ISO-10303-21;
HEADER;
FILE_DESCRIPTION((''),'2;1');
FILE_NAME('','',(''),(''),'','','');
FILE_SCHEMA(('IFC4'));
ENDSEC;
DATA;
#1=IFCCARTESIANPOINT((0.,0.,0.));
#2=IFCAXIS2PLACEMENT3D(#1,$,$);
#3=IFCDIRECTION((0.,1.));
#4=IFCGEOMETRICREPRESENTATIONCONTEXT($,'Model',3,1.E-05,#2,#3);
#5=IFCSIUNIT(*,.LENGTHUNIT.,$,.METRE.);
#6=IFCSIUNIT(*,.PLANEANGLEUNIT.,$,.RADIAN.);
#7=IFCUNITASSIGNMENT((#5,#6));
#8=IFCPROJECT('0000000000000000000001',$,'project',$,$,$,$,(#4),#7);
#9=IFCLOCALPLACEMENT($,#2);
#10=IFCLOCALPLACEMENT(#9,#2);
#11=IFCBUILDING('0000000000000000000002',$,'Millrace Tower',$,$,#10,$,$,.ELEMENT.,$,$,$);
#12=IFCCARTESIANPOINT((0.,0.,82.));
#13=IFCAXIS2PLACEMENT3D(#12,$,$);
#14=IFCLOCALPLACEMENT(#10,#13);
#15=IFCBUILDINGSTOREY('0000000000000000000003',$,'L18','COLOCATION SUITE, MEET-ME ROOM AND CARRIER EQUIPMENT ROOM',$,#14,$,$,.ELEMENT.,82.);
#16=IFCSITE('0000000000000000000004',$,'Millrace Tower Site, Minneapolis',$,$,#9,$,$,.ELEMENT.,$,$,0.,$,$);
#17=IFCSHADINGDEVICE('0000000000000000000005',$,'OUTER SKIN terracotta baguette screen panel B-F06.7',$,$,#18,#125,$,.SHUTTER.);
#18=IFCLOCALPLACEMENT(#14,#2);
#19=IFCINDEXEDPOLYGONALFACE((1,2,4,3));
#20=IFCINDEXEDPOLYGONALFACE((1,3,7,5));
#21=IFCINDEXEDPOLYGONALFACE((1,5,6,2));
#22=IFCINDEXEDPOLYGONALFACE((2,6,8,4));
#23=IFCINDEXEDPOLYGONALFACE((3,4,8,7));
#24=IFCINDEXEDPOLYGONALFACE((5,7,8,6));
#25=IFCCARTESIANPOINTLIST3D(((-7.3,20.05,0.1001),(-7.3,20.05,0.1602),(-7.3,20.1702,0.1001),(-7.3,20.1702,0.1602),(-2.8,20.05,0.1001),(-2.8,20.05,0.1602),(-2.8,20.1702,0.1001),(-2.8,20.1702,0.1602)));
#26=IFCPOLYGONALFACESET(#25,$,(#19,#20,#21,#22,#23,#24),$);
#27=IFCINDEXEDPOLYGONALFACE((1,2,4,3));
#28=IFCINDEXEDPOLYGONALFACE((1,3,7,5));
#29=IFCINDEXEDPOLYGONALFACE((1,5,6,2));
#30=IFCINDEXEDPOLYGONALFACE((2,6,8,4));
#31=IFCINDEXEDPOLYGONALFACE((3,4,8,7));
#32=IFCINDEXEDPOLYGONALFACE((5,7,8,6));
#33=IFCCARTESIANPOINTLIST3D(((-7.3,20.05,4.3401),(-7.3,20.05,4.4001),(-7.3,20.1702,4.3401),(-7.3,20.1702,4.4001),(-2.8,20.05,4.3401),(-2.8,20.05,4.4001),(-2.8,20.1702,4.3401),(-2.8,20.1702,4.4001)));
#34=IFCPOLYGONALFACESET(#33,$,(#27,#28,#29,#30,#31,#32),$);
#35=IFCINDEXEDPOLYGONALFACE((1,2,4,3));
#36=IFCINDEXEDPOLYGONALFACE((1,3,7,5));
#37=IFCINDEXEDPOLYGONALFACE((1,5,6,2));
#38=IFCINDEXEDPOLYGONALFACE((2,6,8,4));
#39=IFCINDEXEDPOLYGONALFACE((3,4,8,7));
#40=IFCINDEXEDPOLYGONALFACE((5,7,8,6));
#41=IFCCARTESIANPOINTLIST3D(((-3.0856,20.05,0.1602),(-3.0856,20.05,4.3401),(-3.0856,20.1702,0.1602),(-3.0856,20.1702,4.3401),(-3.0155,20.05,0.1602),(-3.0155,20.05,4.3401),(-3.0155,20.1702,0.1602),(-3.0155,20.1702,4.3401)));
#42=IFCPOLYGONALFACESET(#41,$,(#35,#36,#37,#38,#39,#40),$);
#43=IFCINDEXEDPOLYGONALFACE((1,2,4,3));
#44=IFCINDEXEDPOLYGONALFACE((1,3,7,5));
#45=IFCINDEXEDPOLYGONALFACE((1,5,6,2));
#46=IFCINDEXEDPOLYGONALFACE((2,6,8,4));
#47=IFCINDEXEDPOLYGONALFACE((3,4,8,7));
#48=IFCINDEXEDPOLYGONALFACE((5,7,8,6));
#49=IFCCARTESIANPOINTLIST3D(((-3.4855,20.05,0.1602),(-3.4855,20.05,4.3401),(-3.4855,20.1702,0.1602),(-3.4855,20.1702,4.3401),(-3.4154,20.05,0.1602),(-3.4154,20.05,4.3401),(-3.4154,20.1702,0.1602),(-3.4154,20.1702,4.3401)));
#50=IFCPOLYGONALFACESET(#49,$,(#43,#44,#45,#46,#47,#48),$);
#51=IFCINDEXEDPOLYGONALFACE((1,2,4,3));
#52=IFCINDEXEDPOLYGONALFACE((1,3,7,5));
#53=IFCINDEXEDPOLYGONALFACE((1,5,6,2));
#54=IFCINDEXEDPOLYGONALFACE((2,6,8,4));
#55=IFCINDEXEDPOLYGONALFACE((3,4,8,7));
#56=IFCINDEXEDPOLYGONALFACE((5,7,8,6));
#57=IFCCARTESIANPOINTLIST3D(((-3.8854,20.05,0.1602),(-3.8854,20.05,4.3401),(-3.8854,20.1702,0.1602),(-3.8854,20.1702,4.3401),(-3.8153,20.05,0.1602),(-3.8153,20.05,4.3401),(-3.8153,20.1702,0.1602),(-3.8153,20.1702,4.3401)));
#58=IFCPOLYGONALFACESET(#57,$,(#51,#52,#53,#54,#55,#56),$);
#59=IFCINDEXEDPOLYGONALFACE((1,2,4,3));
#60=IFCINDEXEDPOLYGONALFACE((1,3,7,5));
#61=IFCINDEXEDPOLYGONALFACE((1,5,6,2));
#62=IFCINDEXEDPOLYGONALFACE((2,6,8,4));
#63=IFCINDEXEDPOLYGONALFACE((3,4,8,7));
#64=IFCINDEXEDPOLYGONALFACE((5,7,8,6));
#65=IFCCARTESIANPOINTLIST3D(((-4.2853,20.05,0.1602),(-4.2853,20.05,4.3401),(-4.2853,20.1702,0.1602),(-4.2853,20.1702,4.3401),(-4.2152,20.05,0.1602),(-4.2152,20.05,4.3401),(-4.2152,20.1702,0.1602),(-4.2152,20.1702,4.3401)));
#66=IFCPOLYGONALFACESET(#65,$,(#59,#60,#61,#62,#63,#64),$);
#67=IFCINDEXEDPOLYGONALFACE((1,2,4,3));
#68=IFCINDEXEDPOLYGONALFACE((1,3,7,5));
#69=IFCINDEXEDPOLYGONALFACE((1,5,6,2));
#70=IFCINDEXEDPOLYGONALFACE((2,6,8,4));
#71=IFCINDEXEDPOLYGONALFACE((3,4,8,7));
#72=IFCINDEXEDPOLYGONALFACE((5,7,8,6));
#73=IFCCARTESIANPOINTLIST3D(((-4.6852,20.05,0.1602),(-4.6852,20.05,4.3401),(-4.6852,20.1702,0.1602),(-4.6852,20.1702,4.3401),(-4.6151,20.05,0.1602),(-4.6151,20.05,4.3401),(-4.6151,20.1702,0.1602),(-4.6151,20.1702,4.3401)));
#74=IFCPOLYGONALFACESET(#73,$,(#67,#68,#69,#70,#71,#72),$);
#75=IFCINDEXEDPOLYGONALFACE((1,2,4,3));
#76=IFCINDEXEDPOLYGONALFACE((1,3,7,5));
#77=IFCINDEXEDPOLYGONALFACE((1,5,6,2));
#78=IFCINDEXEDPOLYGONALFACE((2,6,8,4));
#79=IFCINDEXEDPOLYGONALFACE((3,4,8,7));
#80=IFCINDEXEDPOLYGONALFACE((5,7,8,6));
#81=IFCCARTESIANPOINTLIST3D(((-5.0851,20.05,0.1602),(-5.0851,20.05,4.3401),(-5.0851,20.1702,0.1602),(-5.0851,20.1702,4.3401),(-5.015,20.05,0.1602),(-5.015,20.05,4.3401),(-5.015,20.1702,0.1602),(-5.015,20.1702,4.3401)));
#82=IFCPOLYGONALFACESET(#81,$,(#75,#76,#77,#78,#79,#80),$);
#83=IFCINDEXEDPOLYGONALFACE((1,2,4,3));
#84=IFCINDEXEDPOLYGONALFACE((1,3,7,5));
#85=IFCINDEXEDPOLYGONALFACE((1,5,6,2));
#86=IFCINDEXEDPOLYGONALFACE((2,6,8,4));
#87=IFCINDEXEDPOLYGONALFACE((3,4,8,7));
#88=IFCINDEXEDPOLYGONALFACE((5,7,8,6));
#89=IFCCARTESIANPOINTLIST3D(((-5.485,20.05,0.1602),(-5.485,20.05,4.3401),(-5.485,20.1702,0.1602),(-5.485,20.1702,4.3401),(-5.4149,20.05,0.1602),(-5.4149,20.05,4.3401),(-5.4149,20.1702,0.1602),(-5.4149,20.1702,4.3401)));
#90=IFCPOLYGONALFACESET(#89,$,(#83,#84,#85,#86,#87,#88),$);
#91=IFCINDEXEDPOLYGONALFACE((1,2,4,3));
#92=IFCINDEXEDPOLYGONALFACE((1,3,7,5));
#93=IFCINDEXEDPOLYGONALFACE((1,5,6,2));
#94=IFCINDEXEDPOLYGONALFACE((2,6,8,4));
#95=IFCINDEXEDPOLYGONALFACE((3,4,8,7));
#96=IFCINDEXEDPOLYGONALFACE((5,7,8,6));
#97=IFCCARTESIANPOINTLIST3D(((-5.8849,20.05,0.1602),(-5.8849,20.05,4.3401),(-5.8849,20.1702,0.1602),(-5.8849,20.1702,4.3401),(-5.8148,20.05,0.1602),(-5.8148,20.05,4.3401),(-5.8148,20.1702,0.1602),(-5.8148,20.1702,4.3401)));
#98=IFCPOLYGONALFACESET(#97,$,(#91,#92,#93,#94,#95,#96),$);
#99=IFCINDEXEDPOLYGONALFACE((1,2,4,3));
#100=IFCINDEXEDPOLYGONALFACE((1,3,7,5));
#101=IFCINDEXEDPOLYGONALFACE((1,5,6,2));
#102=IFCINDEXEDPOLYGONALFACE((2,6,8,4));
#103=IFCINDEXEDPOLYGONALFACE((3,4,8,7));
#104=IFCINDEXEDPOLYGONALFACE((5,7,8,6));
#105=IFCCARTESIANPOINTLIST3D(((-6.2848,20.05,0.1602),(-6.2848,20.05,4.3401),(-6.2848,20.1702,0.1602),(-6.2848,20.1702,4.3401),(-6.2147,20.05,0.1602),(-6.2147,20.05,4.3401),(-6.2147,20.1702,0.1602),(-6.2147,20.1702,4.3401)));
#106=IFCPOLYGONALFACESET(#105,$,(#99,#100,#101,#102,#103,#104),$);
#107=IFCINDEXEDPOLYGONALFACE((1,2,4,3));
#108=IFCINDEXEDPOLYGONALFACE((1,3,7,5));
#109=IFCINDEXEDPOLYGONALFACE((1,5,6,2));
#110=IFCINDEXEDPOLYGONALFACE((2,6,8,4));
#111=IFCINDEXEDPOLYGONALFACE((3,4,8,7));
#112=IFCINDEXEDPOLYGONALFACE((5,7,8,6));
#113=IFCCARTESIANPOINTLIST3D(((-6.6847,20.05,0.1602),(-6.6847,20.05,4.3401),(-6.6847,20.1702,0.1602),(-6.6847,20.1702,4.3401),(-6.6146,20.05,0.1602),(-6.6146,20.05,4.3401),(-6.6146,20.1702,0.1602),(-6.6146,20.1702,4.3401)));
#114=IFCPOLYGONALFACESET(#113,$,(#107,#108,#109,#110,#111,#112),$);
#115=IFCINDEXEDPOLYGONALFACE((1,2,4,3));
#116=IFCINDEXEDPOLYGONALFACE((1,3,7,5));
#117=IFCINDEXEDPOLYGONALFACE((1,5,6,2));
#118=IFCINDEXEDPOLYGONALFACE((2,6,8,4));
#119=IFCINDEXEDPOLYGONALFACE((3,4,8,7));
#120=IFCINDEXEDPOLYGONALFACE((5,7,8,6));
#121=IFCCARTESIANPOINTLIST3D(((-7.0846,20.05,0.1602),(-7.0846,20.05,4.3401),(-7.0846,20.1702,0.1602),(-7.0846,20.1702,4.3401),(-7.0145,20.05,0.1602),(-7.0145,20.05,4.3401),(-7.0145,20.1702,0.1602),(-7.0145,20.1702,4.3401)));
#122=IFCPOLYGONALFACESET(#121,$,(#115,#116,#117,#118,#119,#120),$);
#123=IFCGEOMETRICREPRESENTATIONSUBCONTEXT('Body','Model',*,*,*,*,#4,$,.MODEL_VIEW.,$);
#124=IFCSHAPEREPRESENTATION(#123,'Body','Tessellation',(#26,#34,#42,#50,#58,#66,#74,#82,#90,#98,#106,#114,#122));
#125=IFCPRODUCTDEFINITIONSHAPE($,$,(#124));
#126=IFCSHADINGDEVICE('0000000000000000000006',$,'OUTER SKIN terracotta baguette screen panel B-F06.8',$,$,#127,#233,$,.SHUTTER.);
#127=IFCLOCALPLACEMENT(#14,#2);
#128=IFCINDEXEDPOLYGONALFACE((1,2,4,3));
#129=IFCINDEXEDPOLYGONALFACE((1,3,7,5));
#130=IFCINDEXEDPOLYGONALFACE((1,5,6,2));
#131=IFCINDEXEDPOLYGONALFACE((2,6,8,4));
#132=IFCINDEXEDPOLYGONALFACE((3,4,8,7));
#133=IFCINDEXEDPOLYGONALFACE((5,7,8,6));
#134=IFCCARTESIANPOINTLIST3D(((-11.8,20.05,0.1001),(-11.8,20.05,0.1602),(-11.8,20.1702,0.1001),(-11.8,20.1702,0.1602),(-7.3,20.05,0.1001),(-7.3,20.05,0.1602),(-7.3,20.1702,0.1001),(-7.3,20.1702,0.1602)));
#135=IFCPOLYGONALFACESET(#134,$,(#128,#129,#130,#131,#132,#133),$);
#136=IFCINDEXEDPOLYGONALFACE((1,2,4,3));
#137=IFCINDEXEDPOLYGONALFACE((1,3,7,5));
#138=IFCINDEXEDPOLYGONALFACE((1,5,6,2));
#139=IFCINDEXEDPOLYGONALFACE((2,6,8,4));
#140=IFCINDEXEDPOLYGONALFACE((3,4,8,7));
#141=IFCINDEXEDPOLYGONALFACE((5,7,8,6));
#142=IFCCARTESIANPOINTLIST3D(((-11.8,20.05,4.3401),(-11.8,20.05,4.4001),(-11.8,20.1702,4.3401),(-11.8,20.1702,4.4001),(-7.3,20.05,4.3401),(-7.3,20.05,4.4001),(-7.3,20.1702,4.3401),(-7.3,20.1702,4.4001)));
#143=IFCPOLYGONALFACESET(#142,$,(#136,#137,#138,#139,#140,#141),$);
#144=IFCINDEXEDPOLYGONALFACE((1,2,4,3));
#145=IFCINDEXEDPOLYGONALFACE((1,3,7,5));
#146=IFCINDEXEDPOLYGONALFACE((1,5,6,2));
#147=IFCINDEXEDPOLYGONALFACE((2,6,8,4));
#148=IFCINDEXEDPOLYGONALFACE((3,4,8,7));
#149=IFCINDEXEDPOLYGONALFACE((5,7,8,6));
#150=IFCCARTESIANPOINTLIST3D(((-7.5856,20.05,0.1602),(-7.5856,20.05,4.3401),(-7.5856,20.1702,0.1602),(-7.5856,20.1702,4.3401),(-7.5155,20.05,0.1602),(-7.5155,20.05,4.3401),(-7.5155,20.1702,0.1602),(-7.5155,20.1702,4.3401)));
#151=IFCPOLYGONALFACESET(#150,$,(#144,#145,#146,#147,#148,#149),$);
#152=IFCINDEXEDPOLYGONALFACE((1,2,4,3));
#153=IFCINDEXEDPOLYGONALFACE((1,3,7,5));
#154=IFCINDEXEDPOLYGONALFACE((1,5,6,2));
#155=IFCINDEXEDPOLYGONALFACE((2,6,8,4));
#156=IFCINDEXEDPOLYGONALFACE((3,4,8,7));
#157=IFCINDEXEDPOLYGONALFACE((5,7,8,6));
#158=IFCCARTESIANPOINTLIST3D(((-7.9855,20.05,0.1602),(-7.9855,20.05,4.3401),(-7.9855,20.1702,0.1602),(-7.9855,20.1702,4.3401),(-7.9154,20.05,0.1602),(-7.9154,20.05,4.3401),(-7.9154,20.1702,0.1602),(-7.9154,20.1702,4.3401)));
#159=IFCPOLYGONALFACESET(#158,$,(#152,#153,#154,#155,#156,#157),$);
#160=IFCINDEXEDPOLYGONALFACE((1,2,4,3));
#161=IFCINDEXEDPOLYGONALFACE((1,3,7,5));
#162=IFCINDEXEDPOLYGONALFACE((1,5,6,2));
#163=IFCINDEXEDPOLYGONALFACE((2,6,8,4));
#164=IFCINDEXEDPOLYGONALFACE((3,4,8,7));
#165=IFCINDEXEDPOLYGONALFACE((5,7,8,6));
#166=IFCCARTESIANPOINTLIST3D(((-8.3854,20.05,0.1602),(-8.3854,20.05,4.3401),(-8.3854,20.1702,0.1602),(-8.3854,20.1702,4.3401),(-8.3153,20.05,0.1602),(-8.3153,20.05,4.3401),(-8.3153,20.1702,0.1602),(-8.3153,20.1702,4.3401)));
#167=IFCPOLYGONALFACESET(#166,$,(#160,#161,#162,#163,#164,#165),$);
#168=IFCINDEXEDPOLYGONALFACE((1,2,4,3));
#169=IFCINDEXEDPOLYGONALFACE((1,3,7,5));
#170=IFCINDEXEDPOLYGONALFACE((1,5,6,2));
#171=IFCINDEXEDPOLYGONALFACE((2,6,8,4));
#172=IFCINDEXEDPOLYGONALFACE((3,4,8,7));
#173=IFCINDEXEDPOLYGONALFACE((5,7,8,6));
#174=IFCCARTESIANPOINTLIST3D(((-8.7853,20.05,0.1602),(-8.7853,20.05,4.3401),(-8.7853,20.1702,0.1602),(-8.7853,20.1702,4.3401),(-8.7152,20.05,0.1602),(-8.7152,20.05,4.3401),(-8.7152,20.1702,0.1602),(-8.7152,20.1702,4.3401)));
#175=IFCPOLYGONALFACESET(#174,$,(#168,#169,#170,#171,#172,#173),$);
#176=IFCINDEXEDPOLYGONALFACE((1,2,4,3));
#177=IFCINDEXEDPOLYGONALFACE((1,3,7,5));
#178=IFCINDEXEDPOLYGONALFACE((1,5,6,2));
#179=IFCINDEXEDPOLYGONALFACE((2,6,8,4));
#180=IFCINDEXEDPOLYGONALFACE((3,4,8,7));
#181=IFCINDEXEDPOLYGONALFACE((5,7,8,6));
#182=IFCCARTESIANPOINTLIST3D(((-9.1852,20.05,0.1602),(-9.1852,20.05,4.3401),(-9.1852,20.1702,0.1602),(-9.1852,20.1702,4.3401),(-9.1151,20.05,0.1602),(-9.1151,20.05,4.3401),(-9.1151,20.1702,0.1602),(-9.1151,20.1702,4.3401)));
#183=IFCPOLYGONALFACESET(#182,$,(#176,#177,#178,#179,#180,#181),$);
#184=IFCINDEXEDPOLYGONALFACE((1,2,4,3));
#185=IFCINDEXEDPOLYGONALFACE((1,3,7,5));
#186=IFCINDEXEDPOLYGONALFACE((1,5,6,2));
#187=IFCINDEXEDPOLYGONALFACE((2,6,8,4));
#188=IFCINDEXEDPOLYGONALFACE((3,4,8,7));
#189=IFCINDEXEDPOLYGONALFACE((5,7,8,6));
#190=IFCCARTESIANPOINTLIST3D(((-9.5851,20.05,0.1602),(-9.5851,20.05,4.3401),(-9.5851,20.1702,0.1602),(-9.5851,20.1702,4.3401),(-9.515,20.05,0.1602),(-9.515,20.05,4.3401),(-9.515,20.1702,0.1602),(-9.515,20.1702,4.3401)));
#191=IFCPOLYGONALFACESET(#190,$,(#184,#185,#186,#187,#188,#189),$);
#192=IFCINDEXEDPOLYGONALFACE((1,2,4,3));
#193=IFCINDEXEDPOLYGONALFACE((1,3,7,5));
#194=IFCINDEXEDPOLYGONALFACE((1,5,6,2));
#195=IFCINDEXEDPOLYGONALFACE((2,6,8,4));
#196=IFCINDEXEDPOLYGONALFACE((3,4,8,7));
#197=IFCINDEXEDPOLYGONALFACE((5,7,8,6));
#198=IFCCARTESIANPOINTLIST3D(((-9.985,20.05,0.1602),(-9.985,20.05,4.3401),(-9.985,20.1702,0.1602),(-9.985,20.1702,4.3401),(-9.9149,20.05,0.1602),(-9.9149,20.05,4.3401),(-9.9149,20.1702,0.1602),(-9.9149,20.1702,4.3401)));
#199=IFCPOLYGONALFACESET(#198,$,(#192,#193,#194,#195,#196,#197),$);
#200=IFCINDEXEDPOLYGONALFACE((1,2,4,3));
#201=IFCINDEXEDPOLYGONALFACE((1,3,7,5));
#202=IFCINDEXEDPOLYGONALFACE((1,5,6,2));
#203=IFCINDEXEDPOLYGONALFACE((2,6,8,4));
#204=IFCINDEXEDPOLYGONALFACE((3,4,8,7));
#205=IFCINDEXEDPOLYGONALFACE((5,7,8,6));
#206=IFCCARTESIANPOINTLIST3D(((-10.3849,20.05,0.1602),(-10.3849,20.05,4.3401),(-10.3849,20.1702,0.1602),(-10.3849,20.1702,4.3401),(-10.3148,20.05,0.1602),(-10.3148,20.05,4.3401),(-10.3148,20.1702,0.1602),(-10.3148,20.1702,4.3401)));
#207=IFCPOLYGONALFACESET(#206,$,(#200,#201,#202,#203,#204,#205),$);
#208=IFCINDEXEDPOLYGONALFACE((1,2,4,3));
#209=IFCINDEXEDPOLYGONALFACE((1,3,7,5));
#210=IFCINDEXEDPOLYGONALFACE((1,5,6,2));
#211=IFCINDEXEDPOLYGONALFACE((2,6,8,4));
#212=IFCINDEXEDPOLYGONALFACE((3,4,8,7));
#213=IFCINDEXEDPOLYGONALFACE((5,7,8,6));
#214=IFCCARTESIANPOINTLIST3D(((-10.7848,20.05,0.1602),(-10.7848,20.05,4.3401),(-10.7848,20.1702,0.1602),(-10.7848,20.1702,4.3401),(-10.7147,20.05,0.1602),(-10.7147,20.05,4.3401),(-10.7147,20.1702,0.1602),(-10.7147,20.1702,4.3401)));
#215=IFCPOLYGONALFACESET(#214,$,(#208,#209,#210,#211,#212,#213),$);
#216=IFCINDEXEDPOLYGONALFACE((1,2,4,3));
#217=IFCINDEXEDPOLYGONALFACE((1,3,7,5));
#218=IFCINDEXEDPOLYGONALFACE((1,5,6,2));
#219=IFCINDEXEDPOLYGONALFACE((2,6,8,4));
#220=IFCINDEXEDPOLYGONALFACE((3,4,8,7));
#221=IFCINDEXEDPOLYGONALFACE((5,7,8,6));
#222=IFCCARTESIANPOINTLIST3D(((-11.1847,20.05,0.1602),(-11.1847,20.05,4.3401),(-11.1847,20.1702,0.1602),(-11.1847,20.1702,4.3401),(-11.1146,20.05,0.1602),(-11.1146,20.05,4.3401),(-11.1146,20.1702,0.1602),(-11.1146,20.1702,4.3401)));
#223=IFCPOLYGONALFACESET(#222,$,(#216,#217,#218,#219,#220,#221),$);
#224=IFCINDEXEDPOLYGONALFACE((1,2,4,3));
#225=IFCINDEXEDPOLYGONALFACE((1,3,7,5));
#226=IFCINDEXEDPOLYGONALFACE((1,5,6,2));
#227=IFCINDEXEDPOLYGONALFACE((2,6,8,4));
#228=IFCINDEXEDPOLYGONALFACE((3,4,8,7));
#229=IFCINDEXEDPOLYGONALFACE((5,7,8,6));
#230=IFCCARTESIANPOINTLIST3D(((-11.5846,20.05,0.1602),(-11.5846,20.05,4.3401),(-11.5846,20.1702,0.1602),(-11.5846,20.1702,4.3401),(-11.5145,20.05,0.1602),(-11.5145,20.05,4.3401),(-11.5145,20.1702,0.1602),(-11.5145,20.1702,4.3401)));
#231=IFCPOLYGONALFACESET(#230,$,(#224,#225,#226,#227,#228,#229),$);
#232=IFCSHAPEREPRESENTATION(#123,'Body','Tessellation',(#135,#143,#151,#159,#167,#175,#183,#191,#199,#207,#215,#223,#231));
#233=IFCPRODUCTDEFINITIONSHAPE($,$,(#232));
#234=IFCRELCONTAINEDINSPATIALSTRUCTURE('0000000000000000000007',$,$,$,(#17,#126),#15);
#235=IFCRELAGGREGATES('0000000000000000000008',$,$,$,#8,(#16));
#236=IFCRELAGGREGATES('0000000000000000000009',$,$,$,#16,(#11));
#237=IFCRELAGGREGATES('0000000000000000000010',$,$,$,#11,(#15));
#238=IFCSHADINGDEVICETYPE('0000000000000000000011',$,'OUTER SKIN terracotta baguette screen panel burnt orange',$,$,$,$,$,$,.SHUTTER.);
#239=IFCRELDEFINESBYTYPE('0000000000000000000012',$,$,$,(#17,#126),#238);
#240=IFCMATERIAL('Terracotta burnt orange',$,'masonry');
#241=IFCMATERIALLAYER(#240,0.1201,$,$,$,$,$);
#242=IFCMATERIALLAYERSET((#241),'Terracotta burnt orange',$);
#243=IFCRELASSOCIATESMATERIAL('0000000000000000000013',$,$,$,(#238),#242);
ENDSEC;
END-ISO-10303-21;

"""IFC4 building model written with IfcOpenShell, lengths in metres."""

from ifc_helpers import new_model, entity, si_unit, direction, frame, frame_2d, origin, origin_2d, place, context, subcontext, project, spatial, rectangle, extrude, source, transform, mapped, material, layer, layer_set, type_object, element, save


model = new_model("IFC4")

# Units and contexts
model_context = context("Model", 3, precision=1e-05, world=origin(), true_north=direction((0.0, 1.0)))
body_context = subcontext(model_context, "Body", "Model", "MODEL_VIEW")
ifc_project = project(units=[si_unit("LENGTHUNIT", "METRE"), si_unit("PLANEANGLEUNIT", "RADIAN")], contexts=[model_context])

# Site, building, storey
site_placement = place(None, origin())
site = spatial("IfcSite", under=ifc_project, at=site_placement, Name="Millrace Tower Site, Minneapolis", CompositionType="ELEMENT", RefElevation=0.0)
building_placement = place(site_placement, origin())
building = spatial("IfcBuilding", under=site, at=building_placement, Name="Millrace Tower", CompositionType="ELEMENT")
storey_placement = place(building_placement, frame((0.0, 0.0, 82.0)))
storey = spatial("IfcBuildingStorey", under=building, at=storey_placement, Name="L18", Description="COLOCATION SUITE, MEET-ME ROOM AND CARRIER EQUIPMENT ROOM", CompositionType="ELEMENT", Elevation=82.0)

# Shading devices
ifc_material_1 = material(Name="Terracotta burnt orange", Category="masonry")
ifc_layer_1 = layer(ifc_material_1, 0.1201)
ifc_layer_set_1 = layer_set([ifc_layer_1], Name="Terracotta burnt orange")
shading_device_type = type_object("IfcShadingDeviceType", Name="OUTER SKIN terracotta baguette screen panel burnt orange", PredefinedType="SHUTTER", material=ifc_layer_set_1)
cartesian_point = entity("IfcCartesianPoint", [-2.25, 0.0601])
shared_polyline = entity("IfcPolyline", [cartesian_point, entity("IfcCartesianPoint", [2.25, 0.0601]), entity("IfcCartesianPoint", [2.25, -0.0601]), entity("IfcCartesianPoint", [-2.25, -0.0601]), cartesian_point])
shared_shape = source(origin(), body_context, "Body", "SweptSolid", [
    entity("IfcExtrudedAreaSolid", entity("IfcArbitraryClosedProfileDef", "AREA", None, shared_polyline), entity("IfcAxis2Placement3D", entity("IfcCartesianPoint", [0.0, 0.0, 0.0])), entity("IfcDirection", [0.0, 0.0, 1.0]), 0.0601),
    entity("IfcExtrudedAreaSolid", entity("IfcArbitraryClosedProfileDef", "AREA", None, shared_polyline), entity("IfcAxis2Placement3D", entity("IfcCartesianPoint", [0.0, 0.0, 4.24])), entity("IfcDirection", [0.0, 0.0, 1.0]), 0.0601),
    extrude(rectangle(XDim=0.0701, YDim=0.1201, at=frame_2d((-1.9995, 0.0))), frame((0.0, 0.0, 0.0601)), (0.0, 0.0, 1.0), 4.1799),
    extrude(rectangle(XDim=0.0701, YDim=0.1201, at=frame_2d((-1.5996, 0.0))), frame((0.0, 0.0, 0.0601)), (0.0, 0.0, 1.0), 4.1799),
    extrude(rectangle(XDim=0.0701, YDim=0.1201, at=frame_2d((-1.1997, 0.0))), frame((0.0, 0.0, 0.0601)), (0.0, 0.0, 1.0), 4.1799),
    extrude(rectangle(XDim=0.0701, YDim=0.1201, at=frame_2d((-0.7998, 0.0))), frame((0.0, 0.0, 0.0601)), (0.0, 0.0, 1.0), 4.1799),
    extrude(rectangle(XDim=0.0701, YDim=0.1201, at=frame_2d((-0.3999, 0.0))), frame((0.0, 0.0, 0.0601)), (0.0, 0.0, 1.0), 4.1799),
    extrude(rectangle(XDim=0.0701, YDim=0.1201, at=origin_2d()), frame((0.0, 0.0, 0.0601)), (0.0, 0.0, 1.0), 4.1799),
    extrude(rectangle(XDim=0.0701, YDim=0.1201, at=frame_2d((0.3999, 0.0))), frame((0.0, 0.0, 0.0601)), (0.0, 0.0, 1.0), 4.1799),
    extrude(rectangle(XDim=0.0701, YDim=0.1201, at=frame_2d((0.7998, 0.0))), frame((0.0, 0.0, 0.0601)), (0.0, 0.0, 1.0), 4.1799),
    extrude(rectangle(XDim=0.0701, YDim=0.1201, at=frame_2d((1.1997, 0.0))), frame((0.0, 0.0, 0.0601)), (0.0, 0.0, 1.0), 4.1799),
    extrude(rectangle(XDim=0.0701, YDim=0.1201, at=frame_2d((1.5996, 0.0))), frame((0.0, 0.0, 0.0601)), (0.0, 0.0, 1.0), 4.1799),
    extrude(rectangle(XDim=0.0701, YDim=0.1201, at=frame_2d((1.9995, 0.0))), frame((0.0, 0.0, 0.0601)), (0.0, 0.0, 1.0), 4.1799),
])
for number, where, z_axis, x_axis, name in (
    (1, (-5.05, 20.1101, 0.1001), (0.0, 0.0, 1.0), (-1.0, 0.0, 0.0), "OUTER SKIN terracotta baguette screen panel B-F06.7"),
    (2, (-9.55, 20.1101, 0.1001), (0.0, 0.0, 1.0), (-1.0, 0.0, 0.0), "OUTER SKIN terracotta baguette screen panel B-F06.8"),
):
    element("IfcShadingDevice", number, at=place(storey_placement, frame(where, z_axis=z_axis, x_axis=x_axis)), inside=storey, type_object=shading_device_type, Name=name, PredefinedType="SHUTTER", context=body_context, shape_type="MappedRepresentation", body=[
        mapped(shared_shape, transform((0.0, 0.0, 0.0), scale=1.0)),
    ])

save(model, "model.ifc")
